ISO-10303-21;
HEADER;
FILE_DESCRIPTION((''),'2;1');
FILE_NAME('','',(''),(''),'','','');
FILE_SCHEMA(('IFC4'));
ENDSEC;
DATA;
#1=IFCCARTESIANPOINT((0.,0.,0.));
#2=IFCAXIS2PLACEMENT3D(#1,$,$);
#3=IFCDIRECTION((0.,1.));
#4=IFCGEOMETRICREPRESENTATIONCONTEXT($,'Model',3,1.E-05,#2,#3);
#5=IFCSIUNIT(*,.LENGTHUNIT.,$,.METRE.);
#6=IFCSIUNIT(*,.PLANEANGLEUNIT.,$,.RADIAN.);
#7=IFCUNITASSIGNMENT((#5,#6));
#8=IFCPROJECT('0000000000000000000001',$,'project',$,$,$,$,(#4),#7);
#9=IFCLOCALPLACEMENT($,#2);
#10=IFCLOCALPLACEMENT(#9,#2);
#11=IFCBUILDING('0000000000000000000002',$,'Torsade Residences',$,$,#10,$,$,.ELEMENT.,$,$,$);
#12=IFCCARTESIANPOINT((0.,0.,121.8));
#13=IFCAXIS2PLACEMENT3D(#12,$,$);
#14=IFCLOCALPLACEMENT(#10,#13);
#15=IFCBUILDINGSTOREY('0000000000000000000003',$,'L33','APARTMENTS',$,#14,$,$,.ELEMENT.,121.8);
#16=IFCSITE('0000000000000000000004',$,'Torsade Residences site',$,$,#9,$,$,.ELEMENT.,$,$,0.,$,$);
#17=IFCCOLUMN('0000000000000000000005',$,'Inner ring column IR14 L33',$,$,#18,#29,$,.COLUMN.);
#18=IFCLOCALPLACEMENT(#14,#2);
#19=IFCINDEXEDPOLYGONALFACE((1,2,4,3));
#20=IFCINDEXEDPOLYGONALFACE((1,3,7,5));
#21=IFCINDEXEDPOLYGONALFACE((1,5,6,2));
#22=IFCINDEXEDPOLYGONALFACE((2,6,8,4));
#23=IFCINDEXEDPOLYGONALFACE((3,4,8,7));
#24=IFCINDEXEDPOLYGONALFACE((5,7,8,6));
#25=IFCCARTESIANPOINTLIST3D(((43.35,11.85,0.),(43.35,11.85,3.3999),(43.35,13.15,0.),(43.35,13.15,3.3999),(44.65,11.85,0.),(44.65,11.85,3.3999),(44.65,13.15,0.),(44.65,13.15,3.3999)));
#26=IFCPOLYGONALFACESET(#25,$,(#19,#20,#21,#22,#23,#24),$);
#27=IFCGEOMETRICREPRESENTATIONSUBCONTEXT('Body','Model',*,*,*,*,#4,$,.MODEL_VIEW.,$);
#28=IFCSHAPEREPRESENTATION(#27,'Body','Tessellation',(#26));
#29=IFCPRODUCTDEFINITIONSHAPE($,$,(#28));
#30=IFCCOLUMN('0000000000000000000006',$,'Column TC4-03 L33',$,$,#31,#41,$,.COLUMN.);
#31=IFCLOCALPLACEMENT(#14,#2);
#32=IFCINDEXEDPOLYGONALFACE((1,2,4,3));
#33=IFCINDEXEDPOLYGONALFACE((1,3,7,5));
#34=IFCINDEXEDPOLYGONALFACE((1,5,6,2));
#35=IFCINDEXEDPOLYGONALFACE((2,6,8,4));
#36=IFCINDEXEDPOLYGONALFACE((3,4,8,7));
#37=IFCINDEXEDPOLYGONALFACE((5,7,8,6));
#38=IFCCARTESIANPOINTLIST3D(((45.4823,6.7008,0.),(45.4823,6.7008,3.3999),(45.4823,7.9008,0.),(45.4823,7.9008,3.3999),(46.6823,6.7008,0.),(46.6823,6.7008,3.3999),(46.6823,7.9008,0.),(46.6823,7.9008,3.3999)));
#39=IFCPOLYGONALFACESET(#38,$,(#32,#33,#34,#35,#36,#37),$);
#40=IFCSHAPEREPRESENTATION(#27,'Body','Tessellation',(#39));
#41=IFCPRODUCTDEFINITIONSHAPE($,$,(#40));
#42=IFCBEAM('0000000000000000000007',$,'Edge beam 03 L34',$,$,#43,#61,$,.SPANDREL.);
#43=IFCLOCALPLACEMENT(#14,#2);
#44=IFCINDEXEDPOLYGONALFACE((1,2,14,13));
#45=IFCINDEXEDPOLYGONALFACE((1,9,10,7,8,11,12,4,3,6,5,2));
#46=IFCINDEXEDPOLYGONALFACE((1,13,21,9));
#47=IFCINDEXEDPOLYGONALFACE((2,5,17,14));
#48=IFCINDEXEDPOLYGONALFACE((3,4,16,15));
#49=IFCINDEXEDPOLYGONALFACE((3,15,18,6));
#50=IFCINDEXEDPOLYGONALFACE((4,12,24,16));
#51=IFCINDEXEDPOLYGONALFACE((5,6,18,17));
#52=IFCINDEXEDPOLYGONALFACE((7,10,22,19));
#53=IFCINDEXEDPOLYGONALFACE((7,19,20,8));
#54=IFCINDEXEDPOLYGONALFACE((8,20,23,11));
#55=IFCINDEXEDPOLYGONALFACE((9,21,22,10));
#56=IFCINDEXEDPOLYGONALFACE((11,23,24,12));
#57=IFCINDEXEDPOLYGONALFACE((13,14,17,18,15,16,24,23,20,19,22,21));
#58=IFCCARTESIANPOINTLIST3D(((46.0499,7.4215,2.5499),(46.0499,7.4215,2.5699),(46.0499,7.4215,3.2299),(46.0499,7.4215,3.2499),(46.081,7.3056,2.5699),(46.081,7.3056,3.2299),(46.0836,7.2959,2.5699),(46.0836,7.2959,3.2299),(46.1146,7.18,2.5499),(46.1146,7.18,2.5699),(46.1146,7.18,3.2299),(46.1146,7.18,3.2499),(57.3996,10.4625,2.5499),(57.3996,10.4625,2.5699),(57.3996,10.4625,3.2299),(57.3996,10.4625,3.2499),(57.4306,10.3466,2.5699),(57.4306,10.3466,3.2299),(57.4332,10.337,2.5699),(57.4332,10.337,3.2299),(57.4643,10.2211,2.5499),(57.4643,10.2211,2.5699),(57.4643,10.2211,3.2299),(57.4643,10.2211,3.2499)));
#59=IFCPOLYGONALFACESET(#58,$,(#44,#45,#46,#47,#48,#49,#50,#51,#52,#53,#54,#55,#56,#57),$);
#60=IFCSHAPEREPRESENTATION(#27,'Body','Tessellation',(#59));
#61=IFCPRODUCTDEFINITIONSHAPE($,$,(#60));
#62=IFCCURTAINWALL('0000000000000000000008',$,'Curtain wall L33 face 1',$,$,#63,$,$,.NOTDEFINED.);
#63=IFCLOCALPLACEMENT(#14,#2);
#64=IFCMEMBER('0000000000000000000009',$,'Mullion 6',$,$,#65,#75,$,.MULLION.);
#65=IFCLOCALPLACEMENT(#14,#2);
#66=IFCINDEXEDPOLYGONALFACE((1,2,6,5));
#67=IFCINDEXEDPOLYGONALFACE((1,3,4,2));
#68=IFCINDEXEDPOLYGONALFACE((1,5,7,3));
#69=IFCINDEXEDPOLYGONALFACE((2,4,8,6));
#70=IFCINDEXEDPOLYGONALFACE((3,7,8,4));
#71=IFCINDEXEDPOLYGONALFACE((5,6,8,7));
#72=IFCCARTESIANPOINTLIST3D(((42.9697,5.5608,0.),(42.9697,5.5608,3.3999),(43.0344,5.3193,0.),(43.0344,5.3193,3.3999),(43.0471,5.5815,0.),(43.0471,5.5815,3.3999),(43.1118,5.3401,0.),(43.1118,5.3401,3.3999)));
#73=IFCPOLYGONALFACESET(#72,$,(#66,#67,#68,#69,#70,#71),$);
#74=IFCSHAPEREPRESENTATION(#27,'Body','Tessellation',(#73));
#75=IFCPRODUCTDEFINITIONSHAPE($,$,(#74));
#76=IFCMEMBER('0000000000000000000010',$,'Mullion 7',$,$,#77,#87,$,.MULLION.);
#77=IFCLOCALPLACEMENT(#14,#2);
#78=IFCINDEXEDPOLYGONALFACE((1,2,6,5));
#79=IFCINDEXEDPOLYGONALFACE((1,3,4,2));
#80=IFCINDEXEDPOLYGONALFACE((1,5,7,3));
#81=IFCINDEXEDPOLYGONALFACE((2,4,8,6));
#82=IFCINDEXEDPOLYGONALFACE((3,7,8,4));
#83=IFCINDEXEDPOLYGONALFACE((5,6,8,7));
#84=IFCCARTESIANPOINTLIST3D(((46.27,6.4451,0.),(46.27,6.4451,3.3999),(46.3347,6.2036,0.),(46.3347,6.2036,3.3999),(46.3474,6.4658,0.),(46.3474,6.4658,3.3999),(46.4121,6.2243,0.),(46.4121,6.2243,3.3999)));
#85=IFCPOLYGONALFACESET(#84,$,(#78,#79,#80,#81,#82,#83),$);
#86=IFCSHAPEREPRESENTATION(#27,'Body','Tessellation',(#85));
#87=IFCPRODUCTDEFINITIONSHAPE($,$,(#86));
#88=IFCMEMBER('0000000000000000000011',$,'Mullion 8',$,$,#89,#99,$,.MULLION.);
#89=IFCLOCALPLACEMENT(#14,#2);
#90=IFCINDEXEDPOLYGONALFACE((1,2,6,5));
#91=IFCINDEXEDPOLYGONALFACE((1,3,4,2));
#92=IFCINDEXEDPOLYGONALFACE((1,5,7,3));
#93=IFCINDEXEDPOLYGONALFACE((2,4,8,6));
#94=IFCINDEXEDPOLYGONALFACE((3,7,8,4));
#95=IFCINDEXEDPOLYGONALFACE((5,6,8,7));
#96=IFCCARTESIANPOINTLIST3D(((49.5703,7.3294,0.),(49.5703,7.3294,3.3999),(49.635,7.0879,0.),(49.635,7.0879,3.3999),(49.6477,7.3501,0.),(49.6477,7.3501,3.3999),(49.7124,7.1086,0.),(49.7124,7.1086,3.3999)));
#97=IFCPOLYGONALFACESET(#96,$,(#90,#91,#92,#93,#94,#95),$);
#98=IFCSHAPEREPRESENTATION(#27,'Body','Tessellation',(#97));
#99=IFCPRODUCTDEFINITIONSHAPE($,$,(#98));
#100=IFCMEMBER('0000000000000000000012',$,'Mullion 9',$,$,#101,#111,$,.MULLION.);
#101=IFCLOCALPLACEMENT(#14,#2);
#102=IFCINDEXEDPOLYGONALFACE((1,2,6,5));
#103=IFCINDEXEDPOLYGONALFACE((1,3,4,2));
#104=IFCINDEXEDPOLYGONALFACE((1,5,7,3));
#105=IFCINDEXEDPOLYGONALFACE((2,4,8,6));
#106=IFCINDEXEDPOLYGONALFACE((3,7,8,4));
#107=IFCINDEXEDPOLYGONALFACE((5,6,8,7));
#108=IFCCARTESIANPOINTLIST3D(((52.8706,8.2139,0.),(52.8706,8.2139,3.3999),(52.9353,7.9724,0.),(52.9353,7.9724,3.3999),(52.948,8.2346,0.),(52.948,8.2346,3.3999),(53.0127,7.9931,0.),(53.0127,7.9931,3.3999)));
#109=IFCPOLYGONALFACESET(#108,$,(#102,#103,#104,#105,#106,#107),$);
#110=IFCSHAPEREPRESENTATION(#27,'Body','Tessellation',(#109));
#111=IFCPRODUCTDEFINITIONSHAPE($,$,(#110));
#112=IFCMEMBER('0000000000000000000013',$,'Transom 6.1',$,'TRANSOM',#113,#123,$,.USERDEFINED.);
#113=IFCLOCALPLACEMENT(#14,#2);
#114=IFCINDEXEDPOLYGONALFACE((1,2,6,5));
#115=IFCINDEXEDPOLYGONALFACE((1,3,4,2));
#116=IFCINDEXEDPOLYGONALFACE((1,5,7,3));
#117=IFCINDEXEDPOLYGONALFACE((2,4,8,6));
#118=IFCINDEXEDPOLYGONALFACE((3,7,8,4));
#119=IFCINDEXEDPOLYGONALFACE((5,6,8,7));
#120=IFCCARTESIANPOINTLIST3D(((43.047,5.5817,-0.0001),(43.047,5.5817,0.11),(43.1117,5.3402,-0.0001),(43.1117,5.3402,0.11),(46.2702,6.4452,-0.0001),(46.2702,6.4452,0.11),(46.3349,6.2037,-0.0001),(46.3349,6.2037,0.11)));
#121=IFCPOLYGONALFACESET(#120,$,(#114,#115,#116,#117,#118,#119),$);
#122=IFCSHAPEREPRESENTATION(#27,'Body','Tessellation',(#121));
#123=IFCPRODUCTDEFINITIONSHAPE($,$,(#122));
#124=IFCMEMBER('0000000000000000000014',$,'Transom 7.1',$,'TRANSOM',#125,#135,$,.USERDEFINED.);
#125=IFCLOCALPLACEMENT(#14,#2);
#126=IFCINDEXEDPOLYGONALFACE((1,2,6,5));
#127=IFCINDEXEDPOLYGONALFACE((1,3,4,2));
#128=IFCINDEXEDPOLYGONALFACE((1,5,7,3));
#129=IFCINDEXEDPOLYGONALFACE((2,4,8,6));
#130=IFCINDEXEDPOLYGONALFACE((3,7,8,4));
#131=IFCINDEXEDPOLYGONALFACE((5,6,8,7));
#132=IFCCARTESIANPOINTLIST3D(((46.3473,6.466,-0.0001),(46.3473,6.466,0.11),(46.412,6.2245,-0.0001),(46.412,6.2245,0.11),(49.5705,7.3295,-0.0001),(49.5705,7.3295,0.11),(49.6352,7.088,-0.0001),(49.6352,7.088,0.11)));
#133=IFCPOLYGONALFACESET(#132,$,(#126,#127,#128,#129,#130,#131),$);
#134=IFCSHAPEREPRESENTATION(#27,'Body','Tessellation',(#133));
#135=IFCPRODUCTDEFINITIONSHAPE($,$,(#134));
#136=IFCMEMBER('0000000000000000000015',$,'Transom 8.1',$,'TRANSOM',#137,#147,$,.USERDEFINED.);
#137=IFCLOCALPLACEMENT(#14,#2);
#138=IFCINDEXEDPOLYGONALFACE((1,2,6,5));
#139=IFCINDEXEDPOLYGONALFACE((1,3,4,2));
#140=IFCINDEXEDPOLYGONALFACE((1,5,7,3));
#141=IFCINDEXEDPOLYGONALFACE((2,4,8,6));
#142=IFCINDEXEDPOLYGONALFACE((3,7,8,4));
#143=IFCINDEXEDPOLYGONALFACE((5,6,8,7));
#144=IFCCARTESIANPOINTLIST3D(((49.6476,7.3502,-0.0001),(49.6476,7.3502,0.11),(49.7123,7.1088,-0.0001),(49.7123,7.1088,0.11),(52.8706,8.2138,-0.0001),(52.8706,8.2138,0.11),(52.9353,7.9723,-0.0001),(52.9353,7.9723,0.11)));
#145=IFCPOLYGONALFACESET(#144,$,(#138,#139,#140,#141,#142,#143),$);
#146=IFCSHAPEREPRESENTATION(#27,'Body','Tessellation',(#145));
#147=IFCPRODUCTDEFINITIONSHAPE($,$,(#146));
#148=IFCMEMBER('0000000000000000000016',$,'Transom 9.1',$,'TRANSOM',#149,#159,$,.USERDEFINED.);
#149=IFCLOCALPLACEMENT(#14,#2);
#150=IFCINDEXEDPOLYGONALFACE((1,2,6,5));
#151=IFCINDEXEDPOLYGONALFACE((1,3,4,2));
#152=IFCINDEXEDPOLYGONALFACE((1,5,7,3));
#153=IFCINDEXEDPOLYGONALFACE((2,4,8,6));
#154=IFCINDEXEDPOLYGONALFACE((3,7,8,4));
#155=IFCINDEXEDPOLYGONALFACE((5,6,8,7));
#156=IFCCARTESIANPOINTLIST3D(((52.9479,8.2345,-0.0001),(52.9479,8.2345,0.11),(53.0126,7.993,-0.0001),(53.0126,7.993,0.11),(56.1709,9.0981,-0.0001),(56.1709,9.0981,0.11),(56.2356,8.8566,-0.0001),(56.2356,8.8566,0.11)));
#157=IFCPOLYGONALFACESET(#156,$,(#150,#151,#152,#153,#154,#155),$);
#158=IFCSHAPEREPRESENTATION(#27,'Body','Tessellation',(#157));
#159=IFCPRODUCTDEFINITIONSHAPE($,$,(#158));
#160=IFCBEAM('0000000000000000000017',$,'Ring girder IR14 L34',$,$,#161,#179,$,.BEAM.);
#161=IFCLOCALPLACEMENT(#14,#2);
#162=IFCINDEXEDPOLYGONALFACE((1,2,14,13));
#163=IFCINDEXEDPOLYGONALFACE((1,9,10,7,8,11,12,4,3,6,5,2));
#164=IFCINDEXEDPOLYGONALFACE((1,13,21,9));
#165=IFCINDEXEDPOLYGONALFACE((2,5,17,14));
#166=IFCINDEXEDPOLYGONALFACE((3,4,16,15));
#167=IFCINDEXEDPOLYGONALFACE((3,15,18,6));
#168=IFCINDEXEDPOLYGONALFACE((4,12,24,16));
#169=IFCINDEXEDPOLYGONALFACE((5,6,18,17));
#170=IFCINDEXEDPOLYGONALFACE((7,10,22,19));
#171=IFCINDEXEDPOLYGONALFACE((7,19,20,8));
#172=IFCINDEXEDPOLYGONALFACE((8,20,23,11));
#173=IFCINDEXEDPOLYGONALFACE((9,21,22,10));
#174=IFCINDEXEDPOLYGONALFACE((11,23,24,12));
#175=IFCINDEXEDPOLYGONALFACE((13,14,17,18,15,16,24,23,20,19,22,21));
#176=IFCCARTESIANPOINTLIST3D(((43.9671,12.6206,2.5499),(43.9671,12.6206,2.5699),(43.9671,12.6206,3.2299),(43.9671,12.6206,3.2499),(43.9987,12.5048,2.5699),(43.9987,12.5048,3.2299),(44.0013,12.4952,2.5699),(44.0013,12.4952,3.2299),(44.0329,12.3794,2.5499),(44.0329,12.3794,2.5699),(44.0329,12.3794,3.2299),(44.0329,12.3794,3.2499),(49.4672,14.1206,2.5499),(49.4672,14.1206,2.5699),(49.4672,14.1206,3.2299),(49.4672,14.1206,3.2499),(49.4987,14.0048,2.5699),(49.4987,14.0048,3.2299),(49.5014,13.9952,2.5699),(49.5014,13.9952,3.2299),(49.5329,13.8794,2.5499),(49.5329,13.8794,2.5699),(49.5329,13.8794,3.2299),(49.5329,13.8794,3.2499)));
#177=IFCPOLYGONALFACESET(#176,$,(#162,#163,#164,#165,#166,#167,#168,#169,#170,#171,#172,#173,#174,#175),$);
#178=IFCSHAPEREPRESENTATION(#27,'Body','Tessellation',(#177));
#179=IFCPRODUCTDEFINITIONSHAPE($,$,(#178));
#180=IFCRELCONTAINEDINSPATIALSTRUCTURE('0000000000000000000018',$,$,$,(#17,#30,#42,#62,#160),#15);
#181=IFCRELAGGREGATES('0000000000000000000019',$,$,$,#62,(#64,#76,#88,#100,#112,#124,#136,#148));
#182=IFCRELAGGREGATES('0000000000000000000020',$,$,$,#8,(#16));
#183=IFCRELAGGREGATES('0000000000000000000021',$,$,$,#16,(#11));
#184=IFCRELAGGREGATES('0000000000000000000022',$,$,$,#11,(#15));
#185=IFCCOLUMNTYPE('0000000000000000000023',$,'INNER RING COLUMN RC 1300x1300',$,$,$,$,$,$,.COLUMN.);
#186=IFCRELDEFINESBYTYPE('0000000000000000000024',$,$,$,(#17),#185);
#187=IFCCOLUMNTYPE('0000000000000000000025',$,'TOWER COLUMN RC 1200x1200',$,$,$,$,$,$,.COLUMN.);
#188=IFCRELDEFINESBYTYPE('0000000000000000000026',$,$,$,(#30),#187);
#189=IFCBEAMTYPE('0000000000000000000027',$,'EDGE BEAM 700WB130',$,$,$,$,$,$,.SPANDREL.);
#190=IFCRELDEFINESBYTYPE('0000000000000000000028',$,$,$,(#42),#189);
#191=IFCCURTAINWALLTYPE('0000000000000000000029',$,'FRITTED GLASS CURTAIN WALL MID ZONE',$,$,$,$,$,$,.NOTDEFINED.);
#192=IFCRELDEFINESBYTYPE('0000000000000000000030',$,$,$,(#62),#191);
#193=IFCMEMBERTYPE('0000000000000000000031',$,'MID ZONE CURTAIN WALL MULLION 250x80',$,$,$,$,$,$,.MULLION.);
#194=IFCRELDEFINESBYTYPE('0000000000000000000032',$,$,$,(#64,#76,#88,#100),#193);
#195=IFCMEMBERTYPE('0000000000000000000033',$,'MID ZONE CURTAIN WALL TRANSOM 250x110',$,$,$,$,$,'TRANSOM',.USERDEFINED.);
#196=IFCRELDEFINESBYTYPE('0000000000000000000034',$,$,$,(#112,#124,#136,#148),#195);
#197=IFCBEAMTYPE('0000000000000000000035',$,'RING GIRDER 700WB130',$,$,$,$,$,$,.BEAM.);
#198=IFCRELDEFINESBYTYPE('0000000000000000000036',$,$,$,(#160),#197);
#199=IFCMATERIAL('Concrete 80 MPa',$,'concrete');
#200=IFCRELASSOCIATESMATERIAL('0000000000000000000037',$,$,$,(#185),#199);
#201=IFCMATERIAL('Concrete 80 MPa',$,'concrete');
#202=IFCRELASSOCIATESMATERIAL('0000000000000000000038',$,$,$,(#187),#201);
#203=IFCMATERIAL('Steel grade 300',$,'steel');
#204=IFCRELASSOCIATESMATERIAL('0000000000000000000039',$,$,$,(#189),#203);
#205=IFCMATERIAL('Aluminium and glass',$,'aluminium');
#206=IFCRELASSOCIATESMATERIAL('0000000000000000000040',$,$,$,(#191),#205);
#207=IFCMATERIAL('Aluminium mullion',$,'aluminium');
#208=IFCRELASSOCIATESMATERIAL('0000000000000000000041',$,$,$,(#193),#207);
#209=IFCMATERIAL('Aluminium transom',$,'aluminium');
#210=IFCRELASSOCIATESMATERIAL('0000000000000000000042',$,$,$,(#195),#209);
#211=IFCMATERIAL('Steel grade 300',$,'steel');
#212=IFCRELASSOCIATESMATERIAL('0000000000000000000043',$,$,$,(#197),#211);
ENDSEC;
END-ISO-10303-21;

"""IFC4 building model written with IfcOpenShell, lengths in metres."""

from ifc_helpers import new_model, si_unit, direction, frame, origin, origin_2d, place, context, subcontext, project, spatial, rectangle, i_section, extrude, material, material_profile, profile_set, type_object, element, aggregate, save


model = new_model("IFC4")

# Units and contexts
model_context = context("Model", 3, precision=1e-05, world=origin(), true_north=direction((0.0, 1.0)))
body_context = subcontext(model_context, "Body", "Model", "MODEL_VIEW")
ifc_project = project(units=[si_unit("LENGTHUNIT", "METRE"), si_unit("PLANEANGLEUNIT", "RADIAN")], contexts=[model_context])

# Site, building, storey
site_placement = place(None, origin())
site = spatial("IfcSite", under=ifc_project, at=site_placement, Name="Torsade Residences site", CompositionType="ELEMENT", RefElevation=0.0)
building_placement = place(site_placement, origin())
building = spatial("IfcBuilding", under=site, at=building_placement, Name="Torsade Residences", CompositionType="ELEMENT")
storey_placement = place(building_placement, frame((0.0, 0.0, 121.8)))
storey = spatial("IfcBuildingStorey", under=building, at=storey_placement, Name="L33", Description="APARTMENTS", CompositionType="ELEMENT", Elevation=121.8)

# Columns
ifc_material_1 = material(Name="Concrete 80 MPa", Category="concrete")
ifc_material_profile_1 = material_profile(ifc_material_1, rectangle(XDim=1.3, YDim=1.3, at=origin_2d()), Name="RC 1300x1300")
ifc_profile_set_1 = profile_set([ifc_material_profile_1], Name="Concrete 80 MPa")
column_type_1 = type_object("IfcColumnType", Name="INNER RING COLUMN RC 1300x1300", PredefinedType="COLUMN", material=ifc_profile_set_1)
column_1_placement = place(storey_placement, frame((44.0, 12.5, 0.0), z_axis=(0.0, 0.0, 1.0), x_axis=(1.0, 0.0, 0.0)))
element("IfcColumn", 1, at=column_1_placement, inside=storey, type_object=column_type_1, Name="Inner ring column IR14 L33", PredefinedType="COLUMN", context=body_context, shape_type="SweptSolid", body=[
    extrude(rectangle(XDim=1.3, YDim=1.3, at=origin_2d()), origin(), (0.0, 0.0, 1.0), 3.3999),
])
ifc_material_2 = material(Name="Concrete 80 MPa", Category="concrete")
ifc_material_profile_2 = material_profile(ifc_material_2, rectangle(XDim=1.2, YDim=1.2, at=origin_2d()), Name="RC 1200x1200")
ifc_profile_set_2 = profile_set([ifc_material_profile_2], Name="Concrete 80 MPa")
column_type_2 = type_object("IfcColumnType", Name="TOWER COLUMN RC 1200x1200", PredefinedType="COLUMN", material=ifc_profile_set_2)
column_2_placement = place(storey_placement, frame((46.0823, 7.3008, 0.0), z_axis=(0.0, 0.0, 1.0), x_axis=(1.0, 0.0, 0.0)))
element("IfcColumn", 2, at=column_2_placement, inside=storey, type_object=column_type_2, Name="Column TC4-03 L33", PredefinedType="COLUMN", context=body_context, shape_type="SweptSolid", body=[
    extrude(rectangle(XDim=1.2, YDim=1.2, at=origin_2d()), origin(), (0.0, 0.0, 1.0), 3.3999),
])

# Beam
ifc_material_3 = material(Name="Steel grade 300", Category="steel")
ifc_material_profile_3 = material_profile(ifc_material_3, i_section(OverallWidth=0.25, OverallDepth=0.7, WebThickness=0.01, FlangeThickness=0.02, at=origin_2d()), Name="700WB130")
ifc_profile_set_3 = profile_set([ifc_material_profile_3], Name="Steel grade 300")
beam_type_1 = type_object("IfcBeamType", Name="EDGE BEAM 700WB130", PredefinedType="SPANDREL", material=ifc_profile_set_3)
beam_1_placement = place(storey_placement, frame((46.0823, 7.3008, 2.8999), z_axis=(0.965928, 0.258811, 0.0), x_axis=(-0.258811, 0.965928, 0.0)))
element("IfcBeam", 3, at=beam_1_placement, inside=storey, type_object=beam_type_1, Name="Edge beam 03 L34", PredefinedType="SPANDREL", context=body_context, shape_type="SweptSolid", body=[
    extrude(i_section(OverallWidth=0.25, OverallDepth=0.7, WebThickness=0.01, FlangeThickness=0.02, at=origin_2d()), origin(), (0.0, 0.0, 1.0), 11.75),
])

# Curtain wall, members
ifc_material_4 = material(Name="Aluminium and glass", Category="aluminium")
curtain_wall_type = type_object("IfcCurtainWallType", Name="FRITTED GLASS CURTAIN WALL MID ZONE", PredefinedType="NOTDEFINED", material=ifc_material_4)
curtain_wall_placement = place(storey_placement, origin())
curtain_wall = element("IfcCurtainWall", 4, at=curtain_wall_placement, inside=storey, type_object=curtain_wall_type, Name="Curtain wall L33 face 1", PredefinedType="NOTDEFINED")
ifc_material_5 = material(Name="Aluminium mullion", Category="aluminium")
ifc_material_profile_4 = material_profile(ifc_material_5, rectangle(XDim=0.25, YDim=0.0801, at=origin_2d()), Name="MID ZONE CURTAIN WALL MULLION 250x80")
ifc_profile_set_4 = profile_set([ifc_material_profile_4], Name="Aluminium mullion")
member_type_1 = type_object("IfcMemberType", Name="MID ZONE CURTAIN WALL MULLION 250x80", PredefinedType="MULLION", material=ifc_profile_set_4)
member_1_placement = place(storey_placement, frame((43.0408, 5.4504, 0.0), z_axis=(0.0, 0.0, 1.0), x_axis=(-0.258819, 0.965926, 0.0)))
member_1 = element("IfcMember", 5, at=member_1_placement, type_object=member_type_1, Name="Mullion 6", PredefinedType="MULLION", context=body_context, shape_type="SweptSolid", body=[
    extrude(rectangle(XDim=0.25, YDim=0.0801, at=origin_2d()), origin(), (0.0, 0.0, 1.0), 3.3999),
])
member_2_placement = place(storey_placement, frame((46.3411, 6.3347, 0.0), z_axis=(0.0, 0.0, 1.0), x_axis=(-0.258819, 0.965926, 0.0)))
member_2 = element("IfcMember", 6, at=member_2_placement, type_object=member_type_1, Name="Mullion 7", PredefinedType="MULLION", context=body_context, shape_type="SweptSolid", body=[
    extrude(rectangle(XDim=0.25, YDim=0.0801, at=origin_2d()), origin(), (0.0, 0.0, 1.0), 3.3999),
])
member_3_placement = place(storey_placement, frame((49.6414, 7.219, 0.0), z_axis=(0.0, 0.0, 1.0), x_axis=(-0.258819, 0.965926, 0.0)))
member_3 = element("IfcMember", 7, at=member_3_placement, type_object=member_type_1, Name="Mullion 8", PredefinedType="MULLION", context=body_context, shape_type="SweptSolid", body=[
    extrude(rectangle(XDim=0.25, YDim=0.0801, at=origin_2d()), origin(), (0.0, 0.0, 1.0), 3.3999),
])
member_4_placement = place(storey_placement, frame((52.9417, 8.1035, 0.0), z_axis=(0.0, 0.0, 1.0), x_axis=(-0.258819, 0.965926, 0.0)))
member_4 = element("IfcMember", 8, at=member_4_placement, type_object=member_type_1, Name="Mullion 9", PredefinedType="MULLION", context=body_context, shape_type="SweptSolid", body=[
    extrude(rectangle(XDim=0.25, YDim=0.0801, at=origin_2d()), origin(), (0.0, 0.0, 1.0), 3.3999),
])
ifc_material_6 = material(Name="Aluminium transom", Category="aluminium")
ifc_material_profile_5 = material_profile(ifc_material_6, rectangle(XDim=0.25, YDim=0.1101, at=origin_2d()), Name="MID ZONE CURTAIN WALL TRANSOM 250x110")
ifc_profile_set_5 = profile_set([ifc_material_profile_5], Name="Aluminium transom")
member_type_2 = type_object("IfcMemberType", Name="MID ZONE CURTAIN WALL TRANSOM 250x110", ElementType="TRANSOM", PredefinedType="USERDEFINED", material=ifc_profile_set_5)
member_5_placement = place(storey_placement, frame((43.0793, 5.4609, 0.0549), z_axis=(0.965934, 0.258787, 0.0), x_axis=(-0.258787, 0.965934, 0.0)))
member_5 = element("IfcMember", 9, at=member_5_placement, type_object=member_type_2, Name="Transom 6.1", ObjectType="TRANSOM", PredefinedType="USERDEFINED", context=body_context, shape_type="SweptSolid", body=[
    extrude(rectangle(XDim=0.25, YDim=0.1101, at=origin_2d()), origin(), (0.0, 0.0, 1.0), 3.3369),
])
member_6_placement = place(storey_placement, frame((46.3796, 6.3452, 0.0549), z_axis=(0.965934, 0.258787, 0.0), x_axis=(-0.258787, 0.965934, 0.0)))
member_6 = element("IfcMember", 10, at=member_6_placement, type_object=member_type_2, Name="Transom 7.1", ObjectType="TRANSOM", PredefinedType="USERDEFINED", context=body_context, shape_type="SweptSolid", body=[
    extrude(rectangle(XDim=0.25, YDim=0.1101, at=origin_2d()), origin(), (0.0, 0.0, 1.0), 3.3369),
])
member_7_placement = place(storey_placement, frame((49.6799, 7.2295, 0.0549), z_axis=(0.965929, 0.258806, 0.0), x_axis=(-0.258806, 0.965929, 0.0)))
member_7 = element("IfcMember", 11, at=member_7_placement, type_object=member_type_2, Name="Transom 8.1", ObjectType="TRANSOM", PredefinedType="USERDEFINED", context=body_context, shape_type="SweptSolid", body=[
    extrude(rectangle(XDim=0.25, YDim=0.1101, at=origin_2d()), origin(), (0.0, 0.0, 1.0), 3.3367),
])
member_8_placement = place(storey_placement, frame((52.9802, 8.1138, 0.0549), z_axis=(0.965929, 0.258806, 0.0), x_axis=(-0.258806, 0.965929, 0.0)))
member_8 = element("IfcMember", 12, at=member_8_placement, type_object=member_type_2, Name="Transom 9.1", ObjectType="TRANSOM", PredefinedType="USERDEFINED", context=body_context, shape_type="SweptSolid", body=[
    extrude(rectangle(XDim=0.25, YDim=0.1101, at=origin_2d()), origin(), (0.0, 0.0, 1.0), 3.3367),
])

# Beam
ifc_material_7 = material(Name="Steel grade 300", Category="steel")
ifc_material_profile_6 = material_profile(ifc_material_7, i_section(OverallWidth=0.25, OverallDepth=0.7, WebThickness=0.01, FlangeThickness=0.02, at=origin_2d()), Name="700WB130")
ifc_profile_set_6 = profile_set([ifc_material_profile_6], Name="Steel grade 300")
beam_type_2 = type_object("IfcBeamType", Name="RING GIRDER 700WB130", PredefinedType="BEAM", material=ifc_profile_set_6)
beam_2_placement = place(storey_placement, frame((44.0, 12.5, 2.8999), z_axis=(0.964764, 0.263117, 0.0), x_axis=(-0.263117, 0.964764, 0.0)))
element("IfcBeam", 13, at=beam_2_placement, inside=storey, type_object=beam_type_2, Name="Ring girder IR14 L34", PredefinedType="BEAM", context=body_context, shape_type="SweptSolid", body=[
    extrude(i_section(OverallWidth=0.25, OverallDepth=0.7, WebThickness=0.01, FlangeThickness=0.02, at=origin_2d()), origin(), (0.0, 0.0, 1.0), 5.7009),
])

aggregate(curtain_wall, [member_1, member_2, member_3, member_4, member_5, member_6, member_7, member_8])

save(model, "model.ifc")
